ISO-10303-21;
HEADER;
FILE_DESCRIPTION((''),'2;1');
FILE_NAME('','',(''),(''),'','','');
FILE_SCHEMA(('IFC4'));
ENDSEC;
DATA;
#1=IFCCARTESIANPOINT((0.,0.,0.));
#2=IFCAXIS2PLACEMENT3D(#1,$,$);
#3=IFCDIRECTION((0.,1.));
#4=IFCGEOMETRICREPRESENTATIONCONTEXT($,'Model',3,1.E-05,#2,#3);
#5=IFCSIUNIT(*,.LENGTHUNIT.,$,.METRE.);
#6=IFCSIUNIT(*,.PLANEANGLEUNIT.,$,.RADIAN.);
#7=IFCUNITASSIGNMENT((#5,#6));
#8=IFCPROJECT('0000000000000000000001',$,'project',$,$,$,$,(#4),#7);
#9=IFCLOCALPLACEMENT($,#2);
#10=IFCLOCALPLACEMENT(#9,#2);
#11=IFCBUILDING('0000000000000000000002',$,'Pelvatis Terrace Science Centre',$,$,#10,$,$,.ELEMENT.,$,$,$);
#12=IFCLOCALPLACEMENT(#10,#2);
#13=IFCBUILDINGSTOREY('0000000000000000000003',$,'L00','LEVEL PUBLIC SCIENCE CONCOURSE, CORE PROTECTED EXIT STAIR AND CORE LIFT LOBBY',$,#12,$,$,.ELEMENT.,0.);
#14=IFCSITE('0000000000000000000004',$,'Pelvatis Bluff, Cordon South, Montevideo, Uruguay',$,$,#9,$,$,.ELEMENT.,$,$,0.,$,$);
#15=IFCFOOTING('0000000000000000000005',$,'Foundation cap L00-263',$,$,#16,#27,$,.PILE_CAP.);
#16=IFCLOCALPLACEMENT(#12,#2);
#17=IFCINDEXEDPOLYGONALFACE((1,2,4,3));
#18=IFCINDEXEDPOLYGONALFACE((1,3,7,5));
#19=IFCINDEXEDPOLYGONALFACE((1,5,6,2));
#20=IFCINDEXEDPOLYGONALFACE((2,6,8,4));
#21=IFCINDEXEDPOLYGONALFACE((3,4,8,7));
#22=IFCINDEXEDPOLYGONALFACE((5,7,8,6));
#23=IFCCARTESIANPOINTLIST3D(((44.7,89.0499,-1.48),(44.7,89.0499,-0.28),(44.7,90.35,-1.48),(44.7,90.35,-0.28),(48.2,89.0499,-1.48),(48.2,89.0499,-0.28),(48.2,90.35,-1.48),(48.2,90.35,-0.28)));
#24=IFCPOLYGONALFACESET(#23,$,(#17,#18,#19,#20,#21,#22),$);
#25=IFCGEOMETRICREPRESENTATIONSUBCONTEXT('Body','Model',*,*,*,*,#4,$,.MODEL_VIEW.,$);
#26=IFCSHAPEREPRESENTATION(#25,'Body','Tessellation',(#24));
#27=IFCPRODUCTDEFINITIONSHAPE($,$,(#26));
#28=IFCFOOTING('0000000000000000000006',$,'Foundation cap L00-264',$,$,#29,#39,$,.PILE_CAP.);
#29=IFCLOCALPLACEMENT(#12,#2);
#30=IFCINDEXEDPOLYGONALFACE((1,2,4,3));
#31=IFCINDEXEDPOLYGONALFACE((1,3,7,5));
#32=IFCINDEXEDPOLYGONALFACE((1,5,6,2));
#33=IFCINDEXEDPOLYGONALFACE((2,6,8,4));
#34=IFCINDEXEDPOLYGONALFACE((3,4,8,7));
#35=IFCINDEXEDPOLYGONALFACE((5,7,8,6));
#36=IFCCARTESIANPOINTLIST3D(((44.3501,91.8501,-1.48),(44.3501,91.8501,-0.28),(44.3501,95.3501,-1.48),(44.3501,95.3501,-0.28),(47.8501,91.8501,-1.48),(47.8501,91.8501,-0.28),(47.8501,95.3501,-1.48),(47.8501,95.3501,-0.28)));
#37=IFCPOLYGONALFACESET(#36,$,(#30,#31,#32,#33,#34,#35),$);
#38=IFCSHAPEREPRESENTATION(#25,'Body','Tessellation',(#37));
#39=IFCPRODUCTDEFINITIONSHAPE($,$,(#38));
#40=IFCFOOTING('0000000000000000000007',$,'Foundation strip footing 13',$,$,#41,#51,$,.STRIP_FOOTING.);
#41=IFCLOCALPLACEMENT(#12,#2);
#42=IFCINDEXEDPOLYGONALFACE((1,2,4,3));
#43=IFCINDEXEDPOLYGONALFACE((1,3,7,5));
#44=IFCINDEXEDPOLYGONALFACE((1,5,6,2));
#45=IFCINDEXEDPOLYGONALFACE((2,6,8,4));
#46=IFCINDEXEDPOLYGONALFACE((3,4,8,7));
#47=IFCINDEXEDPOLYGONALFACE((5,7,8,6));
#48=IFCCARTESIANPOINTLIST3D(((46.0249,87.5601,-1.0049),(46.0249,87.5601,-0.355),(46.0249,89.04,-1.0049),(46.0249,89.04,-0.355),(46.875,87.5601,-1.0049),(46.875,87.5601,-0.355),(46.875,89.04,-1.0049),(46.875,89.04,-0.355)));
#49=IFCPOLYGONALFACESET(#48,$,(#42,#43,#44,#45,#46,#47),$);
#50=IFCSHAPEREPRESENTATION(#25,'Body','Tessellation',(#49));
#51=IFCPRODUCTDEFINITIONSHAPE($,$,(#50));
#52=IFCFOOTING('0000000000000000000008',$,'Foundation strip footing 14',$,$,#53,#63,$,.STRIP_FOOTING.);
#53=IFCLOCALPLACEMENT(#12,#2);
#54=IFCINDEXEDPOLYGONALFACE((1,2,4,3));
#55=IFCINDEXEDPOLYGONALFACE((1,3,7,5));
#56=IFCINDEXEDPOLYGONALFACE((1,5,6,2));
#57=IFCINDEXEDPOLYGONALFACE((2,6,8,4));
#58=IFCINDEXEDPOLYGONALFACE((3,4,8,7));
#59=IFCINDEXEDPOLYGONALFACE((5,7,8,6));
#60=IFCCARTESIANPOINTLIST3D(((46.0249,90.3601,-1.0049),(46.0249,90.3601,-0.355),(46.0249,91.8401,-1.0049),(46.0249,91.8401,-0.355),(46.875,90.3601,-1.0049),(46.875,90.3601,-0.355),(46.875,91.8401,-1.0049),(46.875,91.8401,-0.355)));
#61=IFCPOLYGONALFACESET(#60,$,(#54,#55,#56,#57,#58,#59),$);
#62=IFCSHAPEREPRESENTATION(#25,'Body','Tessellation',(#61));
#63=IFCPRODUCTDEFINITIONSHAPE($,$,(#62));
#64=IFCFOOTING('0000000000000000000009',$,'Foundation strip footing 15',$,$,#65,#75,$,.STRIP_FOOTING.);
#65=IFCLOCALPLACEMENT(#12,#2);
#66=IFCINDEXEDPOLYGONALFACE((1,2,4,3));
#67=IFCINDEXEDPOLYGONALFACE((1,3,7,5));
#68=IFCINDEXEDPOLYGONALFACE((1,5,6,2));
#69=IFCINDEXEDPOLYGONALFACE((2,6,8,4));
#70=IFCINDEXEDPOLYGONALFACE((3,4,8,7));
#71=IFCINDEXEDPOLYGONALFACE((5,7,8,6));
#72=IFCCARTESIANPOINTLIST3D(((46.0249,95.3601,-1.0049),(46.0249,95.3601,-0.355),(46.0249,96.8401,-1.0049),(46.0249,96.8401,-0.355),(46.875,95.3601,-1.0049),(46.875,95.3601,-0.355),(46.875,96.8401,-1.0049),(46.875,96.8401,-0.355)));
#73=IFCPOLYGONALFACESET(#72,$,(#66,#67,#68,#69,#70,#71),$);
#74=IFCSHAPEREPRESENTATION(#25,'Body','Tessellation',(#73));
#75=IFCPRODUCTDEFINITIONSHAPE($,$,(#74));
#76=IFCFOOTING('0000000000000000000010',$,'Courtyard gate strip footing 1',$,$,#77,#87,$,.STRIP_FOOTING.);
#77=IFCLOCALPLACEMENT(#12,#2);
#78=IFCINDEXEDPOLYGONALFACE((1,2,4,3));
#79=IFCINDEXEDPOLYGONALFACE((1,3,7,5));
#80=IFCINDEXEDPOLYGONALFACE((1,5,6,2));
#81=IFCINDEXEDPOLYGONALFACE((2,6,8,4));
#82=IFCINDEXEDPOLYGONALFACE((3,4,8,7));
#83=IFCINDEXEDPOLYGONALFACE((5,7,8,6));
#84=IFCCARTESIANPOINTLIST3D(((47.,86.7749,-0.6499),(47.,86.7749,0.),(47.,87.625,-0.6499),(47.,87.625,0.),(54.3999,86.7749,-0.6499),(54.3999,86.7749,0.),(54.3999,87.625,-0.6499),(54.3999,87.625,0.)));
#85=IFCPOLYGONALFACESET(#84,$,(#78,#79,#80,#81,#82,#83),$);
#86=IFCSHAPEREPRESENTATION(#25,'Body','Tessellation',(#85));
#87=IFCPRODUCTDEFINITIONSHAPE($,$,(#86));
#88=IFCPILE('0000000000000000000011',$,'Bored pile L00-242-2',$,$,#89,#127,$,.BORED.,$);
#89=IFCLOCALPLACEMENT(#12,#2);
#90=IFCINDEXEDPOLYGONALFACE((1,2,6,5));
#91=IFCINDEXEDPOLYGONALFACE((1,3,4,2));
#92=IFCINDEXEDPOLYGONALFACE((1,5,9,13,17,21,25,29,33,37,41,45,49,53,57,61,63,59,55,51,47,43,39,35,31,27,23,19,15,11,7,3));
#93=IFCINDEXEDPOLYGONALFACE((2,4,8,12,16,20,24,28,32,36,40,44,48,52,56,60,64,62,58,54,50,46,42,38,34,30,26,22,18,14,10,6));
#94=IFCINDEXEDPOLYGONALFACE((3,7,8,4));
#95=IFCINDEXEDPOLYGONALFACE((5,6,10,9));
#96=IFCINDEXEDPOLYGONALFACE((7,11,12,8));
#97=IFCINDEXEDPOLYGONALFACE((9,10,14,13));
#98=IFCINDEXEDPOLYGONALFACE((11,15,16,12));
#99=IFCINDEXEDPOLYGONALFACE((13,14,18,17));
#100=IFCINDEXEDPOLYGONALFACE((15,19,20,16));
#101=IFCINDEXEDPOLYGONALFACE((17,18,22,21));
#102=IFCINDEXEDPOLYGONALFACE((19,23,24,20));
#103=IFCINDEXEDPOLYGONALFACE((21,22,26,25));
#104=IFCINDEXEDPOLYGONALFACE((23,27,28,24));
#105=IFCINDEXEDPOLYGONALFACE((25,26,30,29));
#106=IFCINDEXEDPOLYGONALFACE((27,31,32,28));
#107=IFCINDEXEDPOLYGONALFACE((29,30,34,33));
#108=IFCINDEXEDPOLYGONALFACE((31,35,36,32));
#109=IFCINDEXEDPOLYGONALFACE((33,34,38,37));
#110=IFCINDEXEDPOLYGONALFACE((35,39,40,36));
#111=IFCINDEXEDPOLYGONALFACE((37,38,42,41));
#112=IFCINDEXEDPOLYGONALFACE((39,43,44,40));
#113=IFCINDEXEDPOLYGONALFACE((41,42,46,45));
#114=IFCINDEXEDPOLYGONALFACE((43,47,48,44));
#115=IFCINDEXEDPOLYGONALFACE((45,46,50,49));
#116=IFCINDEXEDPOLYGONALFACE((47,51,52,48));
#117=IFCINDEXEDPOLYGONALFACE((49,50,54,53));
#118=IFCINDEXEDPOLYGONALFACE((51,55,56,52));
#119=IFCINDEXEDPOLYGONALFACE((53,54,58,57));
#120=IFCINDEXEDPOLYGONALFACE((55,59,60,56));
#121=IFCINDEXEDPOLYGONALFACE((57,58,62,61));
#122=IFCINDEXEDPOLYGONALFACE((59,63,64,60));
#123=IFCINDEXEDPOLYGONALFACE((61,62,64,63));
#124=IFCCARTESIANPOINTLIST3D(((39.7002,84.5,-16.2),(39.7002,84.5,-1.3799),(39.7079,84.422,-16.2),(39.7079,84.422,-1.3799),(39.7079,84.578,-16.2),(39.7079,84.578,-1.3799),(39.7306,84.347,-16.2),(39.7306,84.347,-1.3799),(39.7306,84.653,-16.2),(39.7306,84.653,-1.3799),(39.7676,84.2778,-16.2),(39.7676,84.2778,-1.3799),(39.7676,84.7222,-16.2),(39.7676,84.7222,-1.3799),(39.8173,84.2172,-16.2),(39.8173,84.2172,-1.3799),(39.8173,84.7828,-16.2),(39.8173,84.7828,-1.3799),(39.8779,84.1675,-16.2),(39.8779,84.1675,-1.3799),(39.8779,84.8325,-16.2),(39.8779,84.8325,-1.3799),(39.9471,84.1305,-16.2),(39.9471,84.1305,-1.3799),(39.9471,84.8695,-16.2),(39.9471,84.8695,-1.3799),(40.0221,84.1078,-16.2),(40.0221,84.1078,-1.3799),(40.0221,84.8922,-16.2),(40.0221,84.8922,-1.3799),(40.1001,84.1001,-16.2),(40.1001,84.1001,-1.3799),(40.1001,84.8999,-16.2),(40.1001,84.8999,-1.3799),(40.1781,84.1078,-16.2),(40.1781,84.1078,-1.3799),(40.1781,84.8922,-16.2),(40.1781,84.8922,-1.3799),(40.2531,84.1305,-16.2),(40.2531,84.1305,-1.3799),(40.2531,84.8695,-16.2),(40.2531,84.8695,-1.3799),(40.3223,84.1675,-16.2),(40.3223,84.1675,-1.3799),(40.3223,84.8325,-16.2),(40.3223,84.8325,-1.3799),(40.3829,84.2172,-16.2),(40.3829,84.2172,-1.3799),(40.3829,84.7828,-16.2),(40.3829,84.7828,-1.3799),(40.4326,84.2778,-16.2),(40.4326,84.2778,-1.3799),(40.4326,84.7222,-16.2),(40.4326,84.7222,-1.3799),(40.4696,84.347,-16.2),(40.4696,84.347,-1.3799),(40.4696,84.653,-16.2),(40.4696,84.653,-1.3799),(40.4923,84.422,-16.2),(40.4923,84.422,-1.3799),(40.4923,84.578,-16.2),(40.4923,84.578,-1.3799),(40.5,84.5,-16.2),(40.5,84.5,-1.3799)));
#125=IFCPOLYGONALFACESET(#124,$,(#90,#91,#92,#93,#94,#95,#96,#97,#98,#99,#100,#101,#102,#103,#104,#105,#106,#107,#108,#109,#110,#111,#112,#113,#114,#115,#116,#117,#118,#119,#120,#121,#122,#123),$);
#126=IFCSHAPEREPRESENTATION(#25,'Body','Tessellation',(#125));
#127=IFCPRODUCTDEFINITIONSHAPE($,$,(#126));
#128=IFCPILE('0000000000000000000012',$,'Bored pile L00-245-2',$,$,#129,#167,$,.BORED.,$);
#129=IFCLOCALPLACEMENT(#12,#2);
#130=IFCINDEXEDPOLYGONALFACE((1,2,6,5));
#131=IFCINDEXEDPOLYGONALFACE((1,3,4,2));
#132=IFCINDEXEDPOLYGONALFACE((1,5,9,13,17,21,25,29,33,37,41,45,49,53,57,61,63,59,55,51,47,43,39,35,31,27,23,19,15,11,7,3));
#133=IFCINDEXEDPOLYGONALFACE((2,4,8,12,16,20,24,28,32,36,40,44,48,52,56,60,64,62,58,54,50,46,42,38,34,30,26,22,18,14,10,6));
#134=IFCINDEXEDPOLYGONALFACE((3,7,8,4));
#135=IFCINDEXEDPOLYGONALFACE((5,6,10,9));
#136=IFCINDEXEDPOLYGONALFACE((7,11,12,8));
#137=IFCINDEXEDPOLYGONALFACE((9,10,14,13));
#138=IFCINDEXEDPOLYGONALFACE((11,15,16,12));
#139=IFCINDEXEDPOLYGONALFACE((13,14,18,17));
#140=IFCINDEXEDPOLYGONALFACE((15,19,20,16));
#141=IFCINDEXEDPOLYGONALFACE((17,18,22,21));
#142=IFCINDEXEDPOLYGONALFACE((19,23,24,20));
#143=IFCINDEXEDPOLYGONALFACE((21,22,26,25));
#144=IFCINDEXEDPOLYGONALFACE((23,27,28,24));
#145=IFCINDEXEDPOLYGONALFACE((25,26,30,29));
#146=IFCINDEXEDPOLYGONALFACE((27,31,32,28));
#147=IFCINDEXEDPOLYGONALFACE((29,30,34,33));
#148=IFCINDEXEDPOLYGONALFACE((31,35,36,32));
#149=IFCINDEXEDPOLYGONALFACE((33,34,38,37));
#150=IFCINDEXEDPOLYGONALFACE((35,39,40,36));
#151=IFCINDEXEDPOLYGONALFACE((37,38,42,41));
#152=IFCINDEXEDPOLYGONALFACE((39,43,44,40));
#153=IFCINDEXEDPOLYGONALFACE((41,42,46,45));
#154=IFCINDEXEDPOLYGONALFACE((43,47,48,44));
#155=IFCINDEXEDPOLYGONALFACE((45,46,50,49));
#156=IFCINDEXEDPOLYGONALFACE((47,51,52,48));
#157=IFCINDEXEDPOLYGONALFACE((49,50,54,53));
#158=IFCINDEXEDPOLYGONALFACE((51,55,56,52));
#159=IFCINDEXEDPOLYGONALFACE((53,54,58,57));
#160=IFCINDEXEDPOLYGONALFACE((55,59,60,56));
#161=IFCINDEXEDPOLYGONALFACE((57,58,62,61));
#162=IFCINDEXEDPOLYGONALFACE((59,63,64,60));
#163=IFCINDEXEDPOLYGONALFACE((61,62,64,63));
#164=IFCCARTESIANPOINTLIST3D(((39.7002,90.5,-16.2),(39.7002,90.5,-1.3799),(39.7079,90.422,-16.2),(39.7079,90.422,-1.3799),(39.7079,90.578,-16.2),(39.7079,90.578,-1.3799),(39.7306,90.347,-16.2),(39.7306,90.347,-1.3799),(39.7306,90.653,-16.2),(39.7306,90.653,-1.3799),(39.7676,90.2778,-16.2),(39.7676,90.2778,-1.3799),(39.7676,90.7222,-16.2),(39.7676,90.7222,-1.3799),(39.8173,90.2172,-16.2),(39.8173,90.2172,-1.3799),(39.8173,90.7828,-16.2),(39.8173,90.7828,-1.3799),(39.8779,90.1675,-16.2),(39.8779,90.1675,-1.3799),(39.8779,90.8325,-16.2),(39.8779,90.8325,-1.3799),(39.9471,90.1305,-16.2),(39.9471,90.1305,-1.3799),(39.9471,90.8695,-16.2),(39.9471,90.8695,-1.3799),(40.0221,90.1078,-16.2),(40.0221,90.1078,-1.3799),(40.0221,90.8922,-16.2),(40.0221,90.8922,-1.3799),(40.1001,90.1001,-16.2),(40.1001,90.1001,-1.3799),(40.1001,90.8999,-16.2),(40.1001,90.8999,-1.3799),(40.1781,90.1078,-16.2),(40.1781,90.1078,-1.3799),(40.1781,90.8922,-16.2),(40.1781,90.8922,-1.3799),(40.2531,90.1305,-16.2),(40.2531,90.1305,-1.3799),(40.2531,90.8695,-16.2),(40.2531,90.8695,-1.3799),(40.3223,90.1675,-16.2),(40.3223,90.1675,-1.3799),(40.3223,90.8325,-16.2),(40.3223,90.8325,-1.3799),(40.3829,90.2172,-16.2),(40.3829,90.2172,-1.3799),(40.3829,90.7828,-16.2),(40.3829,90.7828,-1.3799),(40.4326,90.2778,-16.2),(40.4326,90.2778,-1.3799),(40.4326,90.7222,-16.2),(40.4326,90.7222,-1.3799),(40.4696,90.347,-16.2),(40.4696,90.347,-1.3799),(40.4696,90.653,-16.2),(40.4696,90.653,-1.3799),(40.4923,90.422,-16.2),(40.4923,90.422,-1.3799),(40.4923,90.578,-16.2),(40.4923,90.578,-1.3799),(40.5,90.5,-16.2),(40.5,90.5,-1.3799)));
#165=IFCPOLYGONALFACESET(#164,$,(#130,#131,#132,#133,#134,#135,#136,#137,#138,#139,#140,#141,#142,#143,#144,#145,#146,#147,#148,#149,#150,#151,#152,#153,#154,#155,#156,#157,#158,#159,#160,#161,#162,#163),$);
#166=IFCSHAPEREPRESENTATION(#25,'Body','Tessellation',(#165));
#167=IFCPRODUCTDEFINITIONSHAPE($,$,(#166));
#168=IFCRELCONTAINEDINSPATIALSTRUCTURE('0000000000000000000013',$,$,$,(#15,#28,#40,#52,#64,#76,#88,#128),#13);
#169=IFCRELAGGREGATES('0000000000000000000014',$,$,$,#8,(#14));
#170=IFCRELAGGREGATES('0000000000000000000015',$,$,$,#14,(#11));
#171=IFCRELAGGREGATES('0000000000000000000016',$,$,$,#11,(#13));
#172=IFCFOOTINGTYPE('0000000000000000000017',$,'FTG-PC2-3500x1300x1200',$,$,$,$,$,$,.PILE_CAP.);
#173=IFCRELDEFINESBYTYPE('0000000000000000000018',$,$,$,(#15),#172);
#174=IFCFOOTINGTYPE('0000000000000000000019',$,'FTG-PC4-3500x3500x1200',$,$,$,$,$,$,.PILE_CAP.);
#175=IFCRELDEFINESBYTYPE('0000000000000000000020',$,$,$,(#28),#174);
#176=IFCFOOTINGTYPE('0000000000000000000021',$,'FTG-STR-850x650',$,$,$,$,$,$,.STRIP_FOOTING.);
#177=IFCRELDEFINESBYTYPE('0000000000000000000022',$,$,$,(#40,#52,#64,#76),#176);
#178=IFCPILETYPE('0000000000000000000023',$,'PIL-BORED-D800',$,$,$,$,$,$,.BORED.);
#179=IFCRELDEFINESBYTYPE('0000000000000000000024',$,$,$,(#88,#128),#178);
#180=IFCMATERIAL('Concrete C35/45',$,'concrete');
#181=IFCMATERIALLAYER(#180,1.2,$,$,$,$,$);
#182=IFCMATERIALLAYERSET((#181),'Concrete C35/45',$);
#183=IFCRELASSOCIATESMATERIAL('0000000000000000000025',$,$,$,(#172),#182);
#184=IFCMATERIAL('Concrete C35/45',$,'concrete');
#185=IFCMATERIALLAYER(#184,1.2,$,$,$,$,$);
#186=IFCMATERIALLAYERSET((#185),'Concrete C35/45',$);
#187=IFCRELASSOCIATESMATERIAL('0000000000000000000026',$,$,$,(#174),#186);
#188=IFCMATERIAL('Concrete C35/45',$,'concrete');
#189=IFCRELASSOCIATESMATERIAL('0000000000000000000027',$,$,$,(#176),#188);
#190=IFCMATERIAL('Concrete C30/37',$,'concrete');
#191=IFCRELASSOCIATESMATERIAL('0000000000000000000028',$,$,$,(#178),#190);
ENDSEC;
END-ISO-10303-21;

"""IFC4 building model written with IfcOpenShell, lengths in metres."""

from ifc_helpers import new_model, si_unit, direction, frame, origin, origin_2d, place, context, subcontext, project, spatial, rectangle, circle, extrude, material, layer, layer_set, material_profile, profile_set, type_object, element, save


model = new_model("IFC4")

# Units and contexts
model_context = context("Model", 3, precision=1e-05, world=origin(), true_north=direction((0.0, 1.0)))
body_context = subcontext(model_context, "Body", "Model", "MODEL_VIEW")
ifc_project = project(units=[si_unit("LENGTHUNIT", "METRE"), si_unit("PLANEANGLEUNIT", "RADIAN")], contexts=[model_context])

# Site, building, storey
site_placement = place(None, origin())
site = spatial("IfcSite", under=ifc_project, at=site_placement, Name="Pelvatis Bluff, Cordon South, Montevideo, Uruguay", CompositionType="ELEMENT", RefElevation=0.0)
building_placement = place(site_placement, origin())
building = spatial("IfcBuilding", under=site, at=building_placement, Name="Pelvatis Terrace Science Centre", CompositionType="ELEMENT")
storey_placement = place(building_placement, origin())
storey = spatial("IfcBuildingStorey", under=building, at=storey_placement, Name="L00", Description="LEVEL PUBLIC SCIENCE CONCOURSE, CORE PROTECTED EXIT STAIR AND CORE LIFT LOBBY", CompositionType="ELEMENT", Elevation=0.0)

# Footings
ifc_material_1 = material(Name="Concrete C35/45", Category="concrete")
ifc_layer_1 = layer(ifc_material_1, 1.2)
ifc_layer_set_1 = layer_set([ifc_layer_1], Name="Concrete C35/45")
footing_type_1 = type_object("IfcFootingType", Name="FTG-PC2-3500x1300x1200", PredefinedType="PILE_CAP", material=ifc_layer_set_1)
footing_1_placement = place(storey_placement, frame((46.45, 89.7, -1.48), z_axis=(0.0, 0.0, 1.0), x_axis=(1.0, 0.0, 0.0)))
element("IfcFooting", 1, at=footing_1_placement, inside=storey, type_object=footing_type_1, Name="Foundation cap L00-263", PredefinedType="PILE_CAP", context=body_context, shape_type="SweptSolid", body=[
    extrude(rectangle(XDim=3.5, YDim=1.3, at=origin_2d()), origin(), (0.0, 0.0, 1.0), 1.2),
])
ifc_material_2 = material(Name="Concrete C35/45", Category="concrete")
ifc_layer_2 = layer(ifc_material_2, 1.2)
ifc_layer_set_2 = layer_set([ifc_layer_2], Name="Concrete C35/45")
footing_type_2 = type_object("IfcFootingType", Name="FTG-PC4-3500x3500x1200", PredefinedType="PILE_CAP", material=ifc_layer_set_2)
footing_2_placement = place(storey_placement, frame((46.1001, 93.6001, -1.48), z_axis=(0.0, 0.0, 1.0), x_axis=(1.0, 0.0, 0.0)))
element("IfcFooting", 2, at=footing_2_placement, inside=storey, type_object=footing_type_2, Name="Foundation cap L00-264", PredefinedType="PILE_CAP", context=body_context, shape_type="SweptSolid", body=[
    extrude(rectangle(XDim=3.5, YDim=3.5, at=origin_2d()), origin(), (0.0, 0.0, 1.0), 1.2),
])
ifc_material_3 = material(Name="Concrete C35/45", Category="concrete")
ifc_material_profile_1 = material_profile(ifc_material_3, rectangle(XDim=0.8501, YDim=0.6499, at=origin_2d()), Name="RC-STR 850x650")
ifc_profile_set_1 = profile_set([ifc_material_profile_1], Name="Concrete C35/45")
footing_type_3 = type_object("IfcFootingType", Name="FTG-STR-850x650", PredefinedType="STRIP_FOOTING", material=ifc_profile_set_1)
for number, where, z_axis, x_axis, name in (
    (3, (46.45, 87.5601, -0.6799), (0.0, 1.0, 0.0), (-1.0, 0.0, 0.0), "Foundation strip footing 13"),
    (4, (46.45, 90.3601, -0.6799), (0.0, 1.0, 0.0), (-1.0, 0.0, 0.0), "Foundation strip footing 14"),
    (5, (46.45, 95.3601, -0.6799), (0.0, 1.0, 0.0), (-1.0, 0.0, 0.0), "Foundation strip footing 15"),
):
    element("IfcFooting", number, at=place(storey_placement, frame(where, z_axis=z_axis, x_axis=x_axis)), inside=storey, type_object=footing_type_3, Name=name, PredefinedType="STRIP_FOOTING", context=body_context, shape_type="SweptSolid", body=[
        extrude(rectangle(XDim=0.8501, YDim=0.6499, at=origin_2d()), origin(), (0.0, 0.0, 1.0), 1.48),
    ])
footing_3_placement = place(storey_placement, frame((47.0, 87.2, -0.325), z_axis=(1.0, 0.0, 0.0), x_axis=(0.0, 1.0, 0.0)))
element("IfcFooting", 6, at=footing_3_placement, inside=storey, type_object=footing_type_3, Name="Courtyard gate strip footing 1", PredefinedType="STRIP_FOOTING", context=body_context, shape_type="SweptSolid", body=[
    extrude(rectangle(XDim=0.8501, YDim=0.6499, at=origin_2d()), origin(), (0.0, 0.0, 1.0), 7.3999),
])

# Piles
ifc_material_4 = material(Name="Concrete C30/37", Category="concrete")
ifc_material_profile_2 = material_profile(ifc_material_4, circle(Radius=0.3999, at=origin_2d()), Name="PILE D800")
ifc_profile_set_2 = profile_set([ifc_material_profile_2], Name="Concrete C30/37")
pile_type = type_object("IfcPileType", Name="PIL-BORED-D800", PredefinedType="BORED", material=ifc_profile_set_2)
for number, where, z_axis, x_axis, name in (
    (7, (40.1001, 84.5, -1.3799), (0.0, 0.0, -1.0), (1.0, 0.0, 0.0), "Bored pile L00-242-2"),
    (8, (40.1001, 90.5, -1.3799), (0.0, 0.0, -1.0), (1.0, 0.0, 0.0), "Bored pile L00-245-2"),
):
    element("IfcPile", number, at=place(storey_placement, frame(where, z_axis=z_axis, x_axis=x_axis)), inside=storey, type_object=pile_type, Name=name, PredefinedType="BORED", context=body_context, shape_type="SweptSolid", body=[
        extrude(circle(Radius=0.3999, at=origin_2d()), origin(), (0.0, 0.0, 1.0), 14.8201),
    ])

save(model, "model.ifc")
